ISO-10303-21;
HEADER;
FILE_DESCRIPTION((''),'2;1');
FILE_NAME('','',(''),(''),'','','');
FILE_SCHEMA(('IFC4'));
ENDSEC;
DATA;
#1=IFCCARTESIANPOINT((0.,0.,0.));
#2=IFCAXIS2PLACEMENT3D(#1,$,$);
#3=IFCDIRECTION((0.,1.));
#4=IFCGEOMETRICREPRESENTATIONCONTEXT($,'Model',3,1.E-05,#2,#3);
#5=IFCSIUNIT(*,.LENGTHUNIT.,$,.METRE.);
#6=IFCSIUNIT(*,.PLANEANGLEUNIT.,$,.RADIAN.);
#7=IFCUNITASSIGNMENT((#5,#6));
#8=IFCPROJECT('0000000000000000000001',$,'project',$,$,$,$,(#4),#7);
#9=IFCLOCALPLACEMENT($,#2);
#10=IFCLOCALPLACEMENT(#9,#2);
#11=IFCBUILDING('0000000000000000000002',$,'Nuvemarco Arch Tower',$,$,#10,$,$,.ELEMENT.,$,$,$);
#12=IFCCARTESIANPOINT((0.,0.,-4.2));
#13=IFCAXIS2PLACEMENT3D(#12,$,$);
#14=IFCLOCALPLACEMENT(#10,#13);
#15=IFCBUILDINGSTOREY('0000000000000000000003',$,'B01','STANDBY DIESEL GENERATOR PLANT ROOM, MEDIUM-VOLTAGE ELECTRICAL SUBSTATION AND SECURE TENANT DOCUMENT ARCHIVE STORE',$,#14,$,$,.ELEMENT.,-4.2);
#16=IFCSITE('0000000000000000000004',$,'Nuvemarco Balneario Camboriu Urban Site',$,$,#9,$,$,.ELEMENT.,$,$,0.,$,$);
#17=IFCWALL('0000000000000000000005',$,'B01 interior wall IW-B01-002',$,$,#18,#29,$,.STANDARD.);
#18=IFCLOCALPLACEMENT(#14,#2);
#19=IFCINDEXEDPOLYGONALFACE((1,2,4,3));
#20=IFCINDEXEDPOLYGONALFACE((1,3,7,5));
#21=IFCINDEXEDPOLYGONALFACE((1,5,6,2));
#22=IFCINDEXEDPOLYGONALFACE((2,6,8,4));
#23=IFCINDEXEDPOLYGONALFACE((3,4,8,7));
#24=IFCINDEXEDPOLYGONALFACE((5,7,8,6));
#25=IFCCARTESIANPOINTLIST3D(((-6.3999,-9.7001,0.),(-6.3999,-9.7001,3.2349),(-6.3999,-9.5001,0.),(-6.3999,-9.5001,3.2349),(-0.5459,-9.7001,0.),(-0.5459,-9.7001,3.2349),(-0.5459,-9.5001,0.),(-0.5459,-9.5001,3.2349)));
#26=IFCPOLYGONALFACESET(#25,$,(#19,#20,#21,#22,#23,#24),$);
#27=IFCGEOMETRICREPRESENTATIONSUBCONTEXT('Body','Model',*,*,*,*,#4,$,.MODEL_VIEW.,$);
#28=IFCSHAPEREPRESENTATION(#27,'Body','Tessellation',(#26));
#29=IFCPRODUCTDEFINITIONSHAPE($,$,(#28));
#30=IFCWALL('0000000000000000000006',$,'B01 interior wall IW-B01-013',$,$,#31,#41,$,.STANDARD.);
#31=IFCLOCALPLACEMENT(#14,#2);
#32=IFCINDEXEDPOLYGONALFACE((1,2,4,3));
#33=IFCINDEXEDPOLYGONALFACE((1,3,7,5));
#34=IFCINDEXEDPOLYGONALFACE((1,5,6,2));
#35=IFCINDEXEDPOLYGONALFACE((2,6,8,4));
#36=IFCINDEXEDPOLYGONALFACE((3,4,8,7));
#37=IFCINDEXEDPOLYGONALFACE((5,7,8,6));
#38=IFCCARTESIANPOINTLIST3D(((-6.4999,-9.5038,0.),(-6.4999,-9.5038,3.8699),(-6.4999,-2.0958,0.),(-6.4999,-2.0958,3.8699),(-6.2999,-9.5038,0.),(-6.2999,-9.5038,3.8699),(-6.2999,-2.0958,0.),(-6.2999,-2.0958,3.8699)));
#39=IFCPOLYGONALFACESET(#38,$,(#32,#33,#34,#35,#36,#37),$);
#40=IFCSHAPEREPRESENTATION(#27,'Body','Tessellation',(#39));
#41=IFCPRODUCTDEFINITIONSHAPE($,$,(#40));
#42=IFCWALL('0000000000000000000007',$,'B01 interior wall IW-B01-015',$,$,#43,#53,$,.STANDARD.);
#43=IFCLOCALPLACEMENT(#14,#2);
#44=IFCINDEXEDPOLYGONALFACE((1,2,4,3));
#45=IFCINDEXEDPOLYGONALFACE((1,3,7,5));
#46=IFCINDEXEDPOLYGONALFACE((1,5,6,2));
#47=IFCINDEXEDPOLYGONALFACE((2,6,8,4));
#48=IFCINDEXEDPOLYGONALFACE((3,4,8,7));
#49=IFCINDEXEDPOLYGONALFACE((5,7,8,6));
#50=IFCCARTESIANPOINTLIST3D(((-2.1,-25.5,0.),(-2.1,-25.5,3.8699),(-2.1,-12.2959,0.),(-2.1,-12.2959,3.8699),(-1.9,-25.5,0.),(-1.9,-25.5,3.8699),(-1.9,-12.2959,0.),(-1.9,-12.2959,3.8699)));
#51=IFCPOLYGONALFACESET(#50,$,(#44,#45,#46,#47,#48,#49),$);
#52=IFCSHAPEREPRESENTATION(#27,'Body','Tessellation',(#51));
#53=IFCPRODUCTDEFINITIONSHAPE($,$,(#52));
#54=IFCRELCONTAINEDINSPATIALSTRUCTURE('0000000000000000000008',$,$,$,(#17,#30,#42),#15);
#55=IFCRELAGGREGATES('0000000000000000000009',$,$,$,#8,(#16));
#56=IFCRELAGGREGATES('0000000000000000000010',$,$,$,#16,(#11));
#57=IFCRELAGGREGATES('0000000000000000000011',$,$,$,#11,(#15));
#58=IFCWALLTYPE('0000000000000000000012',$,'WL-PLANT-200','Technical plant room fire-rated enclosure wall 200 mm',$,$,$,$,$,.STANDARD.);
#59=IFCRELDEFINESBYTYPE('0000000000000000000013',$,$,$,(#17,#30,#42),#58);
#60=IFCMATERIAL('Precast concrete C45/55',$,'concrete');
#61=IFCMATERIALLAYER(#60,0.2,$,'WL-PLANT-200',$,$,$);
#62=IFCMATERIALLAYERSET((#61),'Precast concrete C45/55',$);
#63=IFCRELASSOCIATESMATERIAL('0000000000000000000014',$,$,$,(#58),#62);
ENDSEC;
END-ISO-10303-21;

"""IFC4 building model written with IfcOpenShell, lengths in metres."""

from ifc_helpers import new_model, si_unit, direction, frame, frame_2d, origin, place, context, subcontext, project, spatial, rectangle, extrude, material, layer, layer_set, type_object, element, save


model = new_model("IFC4")

# Units and contexts
model_context = context("Model", 3, precision=1e-05, world=origin(), true_north=direction((0.0, 1.0)))
body_context = subcontext(model_context, "Body", "Model", "MODEL_VIEW")
ifc_project = project(units=[si_unit("LENGTHUNIT", "METRE"), si_unit("PLANEANGLEUNIT", "RADIAN")], contexts=[model_context])

# Site, building, storey
site_placement = place(None, origin())
site = spatial("IfcSite", under=ifc_project, at=site_placement, Name="Nuvemarco Balneario Camboriu Urban Site", CompositionType="ELEMENT", RefElevation=0.0)
building_placement = place(site_placement, origin())
building = spatial("IfcBuilding", under=site, at=building_placement, Name="Nuvemarco Arch Tower", CompositionType="ELEMENT")
storey_placement = place(building_placement, frame((0.0, 0.0, -4.2)))
storey = spatial("IfcBuildingStorey", under=building, at=storey_placement, Name="B01", Description="STANDBY DIESEL GENERATOR PLANT ROOM, MEDIUM-VOLTAGE ELECTRICAL SUBSTATION AND SECURE TENANT DOCUMENT ARCHIVE STORE", CompositionType="ELEMENT", Elevation=-4.2)

# Walls
ifc_material_1 = material(Name="Precast concrete C45/55", Category="concrete")
ifc_layer = layer(ifc_material_1, 0.2, Name="WL-PLANT-200")
ifc_layer_set = layer_set([ifc_layer], Name="Precast concrete C45/55")
wall_type = type_object("IfcWallType", Name="WL-PLANT-200", Description="Technical plant room fire-rated enclosure wall 200 mm", PredefinedType="STANDARD", material=ifc_layer_set)
wall_1_placement = place(storey_placement, frame((-6.3999, -9.6001, 0.0), z_axis=(0.0, 0.0, 1.0), x_axis=(1.0, 0.0, 0.0)))
element("IfcWall", 1, at=wall_1_placement, inside=storey, type_object=wall_type, Name="B01 interior wall IW-B01-002", PredefinedType="STANDARD", context=body_context, shape_type="SweptSolid", body=[
    extrude(rectangle(XDim=5.854, YDim=0.2, at=frame_2d((2.927, 0.0))), origin(), (0.0, 0.0, 1.0), 3.2349),
])
wall_2_placement = place(storey_placement, frame((-6.3999, -9.5039, 0.0), z_axis=(0.0, 0.0, 1.0), x_axis=(0.0, 1.0, 0.0)))
element("IfcWall", 2, at=wall_2_placement, inside=storey, type_object=wall_type, Name="B01 interior wall IW-B01-013", PredefinedType="STANDARD", context=body_context, shape_type="SweptSolid", body=[
    extrude(rectangle(XDim=7.408, YDim=0.2, at=frame_2d((3.7041, 0.0))), origin(), (0.0, 0.0, 1.0), 3.8699),
])
wall_3_placement = place(storey_placement, frame((-2.0, -25.5, 0.0), z_axis=(0.0, 0.0, 1.0), x_axis=(0.0, 1.0, 0.0)))
element("IfcWall", 3, at=wall_3_placement, inside=storey, type_object=wall_type, Name="B01 interior wall IW-B01-015", PredefinedType="STANDARD", context=body_context, shape_type="SweptSolid", body=[
    extrude(rectangle(XDim=13.2041, YDim=0.2, at=frame_2d((6.6021, 0.0))), origin(), (0.0, 0.0, 1.0), 3.8699),
])

save(model, "model.ifc")
